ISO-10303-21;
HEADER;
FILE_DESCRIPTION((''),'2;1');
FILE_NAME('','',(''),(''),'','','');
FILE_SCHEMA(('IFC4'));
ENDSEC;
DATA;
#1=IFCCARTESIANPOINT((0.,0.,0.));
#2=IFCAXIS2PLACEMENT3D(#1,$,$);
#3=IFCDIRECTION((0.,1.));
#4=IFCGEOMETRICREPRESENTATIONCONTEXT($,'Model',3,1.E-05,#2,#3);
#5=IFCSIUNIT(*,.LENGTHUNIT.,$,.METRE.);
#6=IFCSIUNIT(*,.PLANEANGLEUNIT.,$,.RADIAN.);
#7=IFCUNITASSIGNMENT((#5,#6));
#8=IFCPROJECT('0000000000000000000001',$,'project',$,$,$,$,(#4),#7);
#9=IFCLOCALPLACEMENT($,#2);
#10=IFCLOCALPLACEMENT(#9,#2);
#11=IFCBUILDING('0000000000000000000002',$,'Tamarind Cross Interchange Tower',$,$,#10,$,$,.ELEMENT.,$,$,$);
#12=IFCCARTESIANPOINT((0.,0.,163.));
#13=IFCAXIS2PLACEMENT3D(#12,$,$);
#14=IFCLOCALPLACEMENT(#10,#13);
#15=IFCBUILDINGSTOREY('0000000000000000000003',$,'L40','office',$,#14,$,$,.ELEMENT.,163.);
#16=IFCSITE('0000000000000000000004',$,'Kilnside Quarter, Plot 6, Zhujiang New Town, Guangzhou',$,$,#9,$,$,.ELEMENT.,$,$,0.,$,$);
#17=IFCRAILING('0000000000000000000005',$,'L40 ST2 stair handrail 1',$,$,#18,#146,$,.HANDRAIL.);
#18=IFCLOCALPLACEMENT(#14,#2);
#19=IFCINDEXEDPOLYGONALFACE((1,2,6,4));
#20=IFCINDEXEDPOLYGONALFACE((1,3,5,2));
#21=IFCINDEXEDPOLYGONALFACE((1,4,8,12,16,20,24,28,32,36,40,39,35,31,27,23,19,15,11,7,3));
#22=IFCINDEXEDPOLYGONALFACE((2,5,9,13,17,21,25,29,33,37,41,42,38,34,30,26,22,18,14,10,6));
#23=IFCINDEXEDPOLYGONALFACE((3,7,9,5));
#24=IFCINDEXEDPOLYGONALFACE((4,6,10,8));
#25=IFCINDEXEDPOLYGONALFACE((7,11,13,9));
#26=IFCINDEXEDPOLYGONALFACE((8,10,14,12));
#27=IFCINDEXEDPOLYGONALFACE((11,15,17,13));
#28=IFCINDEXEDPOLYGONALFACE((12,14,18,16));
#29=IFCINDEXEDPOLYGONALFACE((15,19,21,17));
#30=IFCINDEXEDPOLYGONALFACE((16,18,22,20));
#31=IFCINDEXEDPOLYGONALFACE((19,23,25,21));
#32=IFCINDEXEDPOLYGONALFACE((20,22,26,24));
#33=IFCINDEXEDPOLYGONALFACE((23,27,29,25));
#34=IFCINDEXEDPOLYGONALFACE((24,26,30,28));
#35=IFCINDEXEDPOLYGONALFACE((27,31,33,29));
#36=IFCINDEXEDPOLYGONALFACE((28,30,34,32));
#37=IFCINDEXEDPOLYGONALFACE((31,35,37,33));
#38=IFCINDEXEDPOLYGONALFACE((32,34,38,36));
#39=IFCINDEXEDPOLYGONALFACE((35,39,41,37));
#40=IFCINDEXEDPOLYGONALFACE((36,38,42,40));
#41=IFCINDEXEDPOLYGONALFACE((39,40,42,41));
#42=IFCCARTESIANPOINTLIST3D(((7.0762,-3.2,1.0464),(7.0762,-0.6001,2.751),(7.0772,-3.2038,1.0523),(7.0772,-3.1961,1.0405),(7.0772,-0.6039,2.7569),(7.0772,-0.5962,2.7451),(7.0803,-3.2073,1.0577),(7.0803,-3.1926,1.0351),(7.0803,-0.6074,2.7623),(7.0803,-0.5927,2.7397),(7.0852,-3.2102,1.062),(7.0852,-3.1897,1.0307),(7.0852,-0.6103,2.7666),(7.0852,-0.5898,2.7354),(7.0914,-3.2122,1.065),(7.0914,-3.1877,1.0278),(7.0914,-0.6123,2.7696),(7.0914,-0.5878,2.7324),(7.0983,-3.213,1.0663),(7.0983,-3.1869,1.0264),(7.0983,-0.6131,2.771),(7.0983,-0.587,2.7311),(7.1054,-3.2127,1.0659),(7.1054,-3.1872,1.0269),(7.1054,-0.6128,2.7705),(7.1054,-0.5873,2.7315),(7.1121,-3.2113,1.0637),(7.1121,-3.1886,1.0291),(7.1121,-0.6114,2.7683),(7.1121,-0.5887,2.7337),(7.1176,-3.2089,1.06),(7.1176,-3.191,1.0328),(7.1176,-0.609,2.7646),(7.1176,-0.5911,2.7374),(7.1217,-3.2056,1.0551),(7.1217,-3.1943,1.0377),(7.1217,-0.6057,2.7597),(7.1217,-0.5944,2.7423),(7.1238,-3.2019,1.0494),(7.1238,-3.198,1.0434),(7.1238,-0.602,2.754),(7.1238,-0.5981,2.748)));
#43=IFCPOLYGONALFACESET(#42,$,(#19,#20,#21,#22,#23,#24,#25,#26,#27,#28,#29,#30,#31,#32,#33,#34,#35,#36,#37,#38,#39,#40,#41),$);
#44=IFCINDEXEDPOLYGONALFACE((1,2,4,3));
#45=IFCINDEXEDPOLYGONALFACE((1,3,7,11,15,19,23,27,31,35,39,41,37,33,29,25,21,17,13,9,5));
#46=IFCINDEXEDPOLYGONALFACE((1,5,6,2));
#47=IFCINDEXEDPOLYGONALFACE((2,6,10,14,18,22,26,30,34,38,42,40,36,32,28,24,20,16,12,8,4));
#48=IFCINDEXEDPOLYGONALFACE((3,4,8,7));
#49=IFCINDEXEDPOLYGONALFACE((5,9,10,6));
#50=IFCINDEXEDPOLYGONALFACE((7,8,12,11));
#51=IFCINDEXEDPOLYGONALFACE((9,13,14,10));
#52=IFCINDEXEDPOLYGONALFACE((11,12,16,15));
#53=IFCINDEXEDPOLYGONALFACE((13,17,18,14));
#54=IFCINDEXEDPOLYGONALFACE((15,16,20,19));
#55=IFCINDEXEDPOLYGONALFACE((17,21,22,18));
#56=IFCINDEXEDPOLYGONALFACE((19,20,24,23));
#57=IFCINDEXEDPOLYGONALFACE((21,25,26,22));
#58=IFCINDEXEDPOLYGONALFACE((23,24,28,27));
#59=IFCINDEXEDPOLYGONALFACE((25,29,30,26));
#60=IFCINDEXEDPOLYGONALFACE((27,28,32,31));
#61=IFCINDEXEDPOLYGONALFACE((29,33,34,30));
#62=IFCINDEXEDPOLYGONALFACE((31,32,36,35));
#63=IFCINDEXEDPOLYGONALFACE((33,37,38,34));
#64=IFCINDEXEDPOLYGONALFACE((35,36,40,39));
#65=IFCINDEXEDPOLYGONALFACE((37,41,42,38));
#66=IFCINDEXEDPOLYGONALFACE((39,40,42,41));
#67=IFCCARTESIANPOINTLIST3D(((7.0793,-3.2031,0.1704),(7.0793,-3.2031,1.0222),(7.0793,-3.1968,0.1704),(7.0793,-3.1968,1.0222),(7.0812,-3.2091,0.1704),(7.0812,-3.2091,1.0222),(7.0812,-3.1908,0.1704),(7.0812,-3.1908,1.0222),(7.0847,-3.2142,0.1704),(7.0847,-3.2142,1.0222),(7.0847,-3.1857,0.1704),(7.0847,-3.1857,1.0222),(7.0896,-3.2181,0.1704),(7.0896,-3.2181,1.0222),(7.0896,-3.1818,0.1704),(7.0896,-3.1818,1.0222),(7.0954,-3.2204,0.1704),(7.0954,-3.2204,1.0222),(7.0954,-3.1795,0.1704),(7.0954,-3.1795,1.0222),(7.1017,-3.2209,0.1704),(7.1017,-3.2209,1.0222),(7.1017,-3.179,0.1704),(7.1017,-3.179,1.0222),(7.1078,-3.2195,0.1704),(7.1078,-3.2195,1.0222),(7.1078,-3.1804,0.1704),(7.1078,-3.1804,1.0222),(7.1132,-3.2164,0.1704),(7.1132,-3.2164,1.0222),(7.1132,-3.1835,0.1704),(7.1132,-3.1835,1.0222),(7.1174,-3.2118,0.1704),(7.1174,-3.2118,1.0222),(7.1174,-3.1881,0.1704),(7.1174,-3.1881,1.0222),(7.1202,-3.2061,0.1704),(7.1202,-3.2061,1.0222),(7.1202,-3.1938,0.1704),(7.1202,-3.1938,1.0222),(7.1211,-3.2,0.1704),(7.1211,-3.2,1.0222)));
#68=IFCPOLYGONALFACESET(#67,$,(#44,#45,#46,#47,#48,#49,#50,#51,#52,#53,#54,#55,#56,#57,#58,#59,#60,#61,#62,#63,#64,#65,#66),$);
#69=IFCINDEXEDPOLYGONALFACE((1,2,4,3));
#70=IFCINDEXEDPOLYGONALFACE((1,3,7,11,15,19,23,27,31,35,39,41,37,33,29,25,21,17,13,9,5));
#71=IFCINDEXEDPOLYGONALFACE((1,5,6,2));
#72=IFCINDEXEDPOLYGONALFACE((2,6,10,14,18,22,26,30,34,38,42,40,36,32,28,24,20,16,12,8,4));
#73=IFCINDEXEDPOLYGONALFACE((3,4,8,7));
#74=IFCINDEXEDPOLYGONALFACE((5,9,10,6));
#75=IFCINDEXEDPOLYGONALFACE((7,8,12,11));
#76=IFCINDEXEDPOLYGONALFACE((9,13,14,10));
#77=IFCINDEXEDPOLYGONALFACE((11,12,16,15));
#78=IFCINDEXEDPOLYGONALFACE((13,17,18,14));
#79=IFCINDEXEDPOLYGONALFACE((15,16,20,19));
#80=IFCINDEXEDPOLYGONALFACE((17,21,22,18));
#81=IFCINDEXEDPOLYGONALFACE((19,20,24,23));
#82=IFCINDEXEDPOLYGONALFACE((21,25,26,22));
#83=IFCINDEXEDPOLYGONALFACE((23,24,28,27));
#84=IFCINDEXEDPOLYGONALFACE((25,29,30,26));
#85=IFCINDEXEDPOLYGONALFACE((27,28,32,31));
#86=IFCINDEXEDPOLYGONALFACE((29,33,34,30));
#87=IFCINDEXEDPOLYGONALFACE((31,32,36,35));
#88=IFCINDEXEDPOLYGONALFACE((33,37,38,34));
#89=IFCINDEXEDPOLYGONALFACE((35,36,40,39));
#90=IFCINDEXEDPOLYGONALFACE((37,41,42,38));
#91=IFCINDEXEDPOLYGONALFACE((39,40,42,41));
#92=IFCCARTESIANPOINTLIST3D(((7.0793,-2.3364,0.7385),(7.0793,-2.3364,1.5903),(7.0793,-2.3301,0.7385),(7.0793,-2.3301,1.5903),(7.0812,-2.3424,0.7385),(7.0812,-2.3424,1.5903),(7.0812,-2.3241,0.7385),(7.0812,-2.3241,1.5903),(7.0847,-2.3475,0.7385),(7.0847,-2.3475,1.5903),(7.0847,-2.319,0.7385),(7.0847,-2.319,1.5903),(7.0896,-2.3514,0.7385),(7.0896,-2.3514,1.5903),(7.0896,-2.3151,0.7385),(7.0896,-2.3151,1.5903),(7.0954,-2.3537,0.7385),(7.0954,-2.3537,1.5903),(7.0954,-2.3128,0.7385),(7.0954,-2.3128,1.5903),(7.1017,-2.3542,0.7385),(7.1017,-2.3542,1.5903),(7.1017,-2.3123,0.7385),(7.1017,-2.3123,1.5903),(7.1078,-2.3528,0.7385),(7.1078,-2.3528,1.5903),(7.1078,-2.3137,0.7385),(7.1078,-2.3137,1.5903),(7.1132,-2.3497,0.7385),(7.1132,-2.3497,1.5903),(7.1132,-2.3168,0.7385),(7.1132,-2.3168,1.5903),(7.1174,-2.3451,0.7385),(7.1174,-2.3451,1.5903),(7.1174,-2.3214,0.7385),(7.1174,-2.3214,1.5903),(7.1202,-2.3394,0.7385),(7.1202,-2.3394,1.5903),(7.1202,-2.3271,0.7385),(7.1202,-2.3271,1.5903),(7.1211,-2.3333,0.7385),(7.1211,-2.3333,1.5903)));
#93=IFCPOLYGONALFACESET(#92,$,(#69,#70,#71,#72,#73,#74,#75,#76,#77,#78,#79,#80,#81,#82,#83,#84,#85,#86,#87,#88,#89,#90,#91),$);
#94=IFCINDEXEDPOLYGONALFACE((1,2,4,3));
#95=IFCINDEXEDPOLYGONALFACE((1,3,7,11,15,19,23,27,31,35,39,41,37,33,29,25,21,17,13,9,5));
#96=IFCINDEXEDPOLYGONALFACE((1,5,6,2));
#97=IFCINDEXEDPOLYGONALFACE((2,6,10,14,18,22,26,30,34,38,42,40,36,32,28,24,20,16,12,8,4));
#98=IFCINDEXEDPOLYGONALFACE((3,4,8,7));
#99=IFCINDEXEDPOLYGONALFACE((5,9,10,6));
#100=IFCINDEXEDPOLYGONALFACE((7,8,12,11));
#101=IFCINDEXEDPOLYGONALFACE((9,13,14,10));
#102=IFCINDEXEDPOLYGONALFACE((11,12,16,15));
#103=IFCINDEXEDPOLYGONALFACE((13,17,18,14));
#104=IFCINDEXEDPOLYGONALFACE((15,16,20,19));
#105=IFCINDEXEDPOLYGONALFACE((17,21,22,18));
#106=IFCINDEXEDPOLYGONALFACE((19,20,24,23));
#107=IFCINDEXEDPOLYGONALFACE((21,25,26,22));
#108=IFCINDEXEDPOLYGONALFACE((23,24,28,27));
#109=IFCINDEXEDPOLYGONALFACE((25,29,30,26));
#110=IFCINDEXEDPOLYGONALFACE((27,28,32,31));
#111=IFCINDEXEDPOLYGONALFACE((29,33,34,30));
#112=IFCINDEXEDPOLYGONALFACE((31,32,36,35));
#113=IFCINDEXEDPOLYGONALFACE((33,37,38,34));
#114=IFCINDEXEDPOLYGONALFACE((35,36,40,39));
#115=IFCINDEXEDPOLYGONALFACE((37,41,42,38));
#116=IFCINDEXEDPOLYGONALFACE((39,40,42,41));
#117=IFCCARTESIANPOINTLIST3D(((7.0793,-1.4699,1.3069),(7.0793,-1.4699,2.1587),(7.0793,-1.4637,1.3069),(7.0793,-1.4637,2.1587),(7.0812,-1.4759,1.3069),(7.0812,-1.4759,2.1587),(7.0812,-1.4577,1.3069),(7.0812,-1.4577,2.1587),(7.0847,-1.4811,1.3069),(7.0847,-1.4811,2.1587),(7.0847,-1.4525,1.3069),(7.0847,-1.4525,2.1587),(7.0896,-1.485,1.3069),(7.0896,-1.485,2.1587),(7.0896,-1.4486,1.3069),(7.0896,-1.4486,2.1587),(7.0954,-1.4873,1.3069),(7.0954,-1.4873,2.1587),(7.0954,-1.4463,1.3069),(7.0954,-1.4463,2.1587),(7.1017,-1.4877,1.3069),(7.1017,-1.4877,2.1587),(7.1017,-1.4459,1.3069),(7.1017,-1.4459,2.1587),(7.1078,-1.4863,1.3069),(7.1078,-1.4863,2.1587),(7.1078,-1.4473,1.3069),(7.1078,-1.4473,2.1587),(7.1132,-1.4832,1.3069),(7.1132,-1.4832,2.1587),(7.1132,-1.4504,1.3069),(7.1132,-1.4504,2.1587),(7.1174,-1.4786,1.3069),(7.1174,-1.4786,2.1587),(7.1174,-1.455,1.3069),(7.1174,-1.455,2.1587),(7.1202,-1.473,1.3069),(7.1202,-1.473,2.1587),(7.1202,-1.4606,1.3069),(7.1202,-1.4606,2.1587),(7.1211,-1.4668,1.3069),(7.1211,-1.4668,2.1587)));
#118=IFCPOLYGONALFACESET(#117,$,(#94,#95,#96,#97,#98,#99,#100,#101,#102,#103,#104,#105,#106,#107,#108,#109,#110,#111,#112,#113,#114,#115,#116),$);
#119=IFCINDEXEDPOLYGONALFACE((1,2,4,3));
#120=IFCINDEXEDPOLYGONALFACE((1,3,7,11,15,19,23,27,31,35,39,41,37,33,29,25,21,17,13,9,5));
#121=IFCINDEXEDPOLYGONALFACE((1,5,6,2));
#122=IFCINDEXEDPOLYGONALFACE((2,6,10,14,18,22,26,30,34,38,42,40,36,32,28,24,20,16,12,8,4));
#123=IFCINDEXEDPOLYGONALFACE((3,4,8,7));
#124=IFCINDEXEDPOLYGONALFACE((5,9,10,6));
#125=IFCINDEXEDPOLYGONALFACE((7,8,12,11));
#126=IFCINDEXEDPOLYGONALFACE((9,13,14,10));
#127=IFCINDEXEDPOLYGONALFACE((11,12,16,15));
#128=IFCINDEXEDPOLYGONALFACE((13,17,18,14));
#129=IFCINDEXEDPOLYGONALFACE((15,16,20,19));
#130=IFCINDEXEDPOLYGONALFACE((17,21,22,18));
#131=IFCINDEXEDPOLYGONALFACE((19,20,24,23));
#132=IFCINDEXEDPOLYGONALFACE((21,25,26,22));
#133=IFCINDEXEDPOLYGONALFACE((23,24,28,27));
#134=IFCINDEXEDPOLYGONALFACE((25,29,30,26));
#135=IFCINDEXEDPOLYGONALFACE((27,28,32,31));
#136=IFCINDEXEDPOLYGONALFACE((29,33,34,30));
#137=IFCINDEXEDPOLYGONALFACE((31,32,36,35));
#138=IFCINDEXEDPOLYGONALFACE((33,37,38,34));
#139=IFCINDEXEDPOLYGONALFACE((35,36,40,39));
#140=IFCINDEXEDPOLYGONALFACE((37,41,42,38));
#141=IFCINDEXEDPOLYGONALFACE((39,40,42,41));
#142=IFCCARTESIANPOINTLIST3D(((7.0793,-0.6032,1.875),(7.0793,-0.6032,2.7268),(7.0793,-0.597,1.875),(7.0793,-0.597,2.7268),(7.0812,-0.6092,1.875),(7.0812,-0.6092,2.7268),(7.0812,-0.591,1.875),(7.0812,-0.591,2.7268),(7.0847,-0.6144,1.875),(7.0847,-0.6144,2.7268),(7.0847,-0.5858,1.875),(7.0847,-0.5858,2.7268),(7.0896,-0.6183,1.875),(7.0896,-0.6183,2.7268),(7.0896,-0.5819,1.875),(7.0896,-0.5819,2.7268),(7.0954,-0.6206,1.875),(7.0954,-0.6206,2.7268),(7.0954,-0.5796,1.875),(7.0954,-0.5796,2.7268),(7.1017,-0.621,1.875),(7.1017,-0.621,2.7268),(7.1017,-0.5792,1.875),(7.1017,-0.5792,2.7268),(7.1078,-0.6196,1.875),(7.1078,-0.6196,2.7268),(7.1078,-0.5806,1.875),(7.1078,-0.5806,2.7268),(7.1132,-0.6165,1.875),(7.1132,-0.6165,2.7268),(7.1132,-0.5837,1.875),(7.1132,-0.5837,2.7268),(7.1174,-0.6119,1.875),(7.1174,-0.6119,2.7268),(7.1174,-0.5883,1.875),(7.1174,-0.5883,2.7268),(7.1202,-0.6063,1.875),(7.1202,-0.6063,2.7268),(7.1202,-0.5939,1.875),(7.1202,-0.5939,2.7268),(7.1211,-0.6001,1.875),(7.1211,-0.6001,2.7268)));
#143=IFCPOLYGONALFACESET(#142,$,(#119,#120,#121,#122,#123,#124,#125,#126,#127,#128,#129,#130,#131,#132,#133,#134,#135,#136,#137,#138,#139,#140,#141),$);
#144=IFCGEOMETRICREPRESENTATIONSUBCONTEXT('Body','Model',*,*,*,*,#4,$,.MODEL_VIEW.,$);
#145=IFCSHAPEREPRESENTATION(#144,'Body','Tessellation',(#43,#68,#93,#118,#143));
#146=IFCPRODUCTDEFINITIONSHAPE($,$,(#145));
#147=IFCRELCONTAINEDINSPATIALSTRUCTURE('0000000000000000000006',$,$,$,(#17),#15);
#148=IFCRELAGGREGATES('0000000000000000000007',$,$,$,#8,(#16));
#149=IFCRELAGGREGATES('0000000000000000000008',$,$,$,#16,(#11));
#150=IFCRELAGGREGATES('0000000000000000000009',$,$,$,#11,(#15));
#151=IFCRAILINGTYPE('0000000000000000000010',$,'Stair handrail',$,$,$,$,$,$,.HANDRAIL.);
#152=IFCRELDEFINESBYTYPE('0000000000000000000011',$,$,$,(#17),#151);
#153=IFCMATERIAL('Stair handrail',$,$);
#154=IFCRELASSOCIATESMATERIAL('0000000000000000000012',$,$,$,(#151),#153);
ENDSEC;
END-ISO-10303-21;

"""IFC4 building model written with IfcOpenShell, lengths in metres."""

from ifc_helpers import new_model, si_unit, direction, frame, origin, origin_2d, place, context, subcontext, project, spatial, circle, extrude, material, type_object, element, save


model = new_model("IFC4")

# Units and contexts
model_context = context("Model", 3, precision=1e-05, world=origin(), true_north=direction((0.0, 1.0)))
body_context = subcontext(model_context, "Body", "Model", "MODEL_VIEW")
ifc_project = project(units=[si_unit("LENGTHUNIT", "METRE"), si_unit("PLANEANGLEUNIT", "RADIAN")], contexts=[model_context])

# Site, building, storey
site_placement = place(None, origin())
site = spatial("IfcSite", under=ifc_project, at=site_placement, Name="Kilnside Quarter, Plot 6, Zhujiang New Town, Guangzhou", CompositionType="ELEMENT", RefElevation=0.0)
building_placement = place(site_placement, origin())
building = spatial("IfcBuilding", under=site, at=building_placement, Name="Tamarind Cross Interchange Tower", CompositionType="ELEMENT")
storey_placement = place(building_placement, frame((0.0, 0.0, 163.0)))
storey = spatial("IfcBuildingStorey", under=building, at=storey_placement, Name="L40", Description="office", CompositionType="ELEMENT", Elevation=163.0)

# Railing
ifc_material_1 = material(Name="Stair handrail")
railing_type_1 = type_object("IfcRailingType", Name="Stair handrail", PredefinedType="HANDRAIL", material=ifc_material_1)
railing_1_placement = place(storey_placement, frame((7.1001, -3.2, 0.1704)))
element("IfcRailing", 1, at=railing_1_placement, inside=storey, type_object=railing_type_1, Name="L40 ST2 stair handrail 1", PredefinedType="HANDRAIL", context=body_context, shape_type="SweptSolid", body=[
    extrude(circle(Radius=0.0239, at=origin_2d()), frame((0.0, 0.0, 0.876), z_axis=(0.0, 0.836279, 0.548305), x_axis=(-1.0, 0.0, 0.0)), (0.0, 0.0, 1.0), 3.1089),
    extrude(circle(Radius=0.021, at=origin_2d()), origin(), (0.0, 0.0, 1.0), 0.8518),
    extrude(circle(Radius=0.021, at=origin_2d()), frame((0.0, 0.8667, 0.5681)), (0.0, 0.0, 1.0), 0.8518),
    extrude(circle(Radius=0.021, at=origin_2d()), frame((0.0, 1.7332, 1.1365)), (0.0, 0.0, 1.0), 0.8518),
    extrude(circle(Radius=0.021, at=origin_2d()), frame((0.0, 2.5999, 1.7046)), (0.0, 0.0, 1.0), 0.8518),
])

save(model, "model.ifc")
